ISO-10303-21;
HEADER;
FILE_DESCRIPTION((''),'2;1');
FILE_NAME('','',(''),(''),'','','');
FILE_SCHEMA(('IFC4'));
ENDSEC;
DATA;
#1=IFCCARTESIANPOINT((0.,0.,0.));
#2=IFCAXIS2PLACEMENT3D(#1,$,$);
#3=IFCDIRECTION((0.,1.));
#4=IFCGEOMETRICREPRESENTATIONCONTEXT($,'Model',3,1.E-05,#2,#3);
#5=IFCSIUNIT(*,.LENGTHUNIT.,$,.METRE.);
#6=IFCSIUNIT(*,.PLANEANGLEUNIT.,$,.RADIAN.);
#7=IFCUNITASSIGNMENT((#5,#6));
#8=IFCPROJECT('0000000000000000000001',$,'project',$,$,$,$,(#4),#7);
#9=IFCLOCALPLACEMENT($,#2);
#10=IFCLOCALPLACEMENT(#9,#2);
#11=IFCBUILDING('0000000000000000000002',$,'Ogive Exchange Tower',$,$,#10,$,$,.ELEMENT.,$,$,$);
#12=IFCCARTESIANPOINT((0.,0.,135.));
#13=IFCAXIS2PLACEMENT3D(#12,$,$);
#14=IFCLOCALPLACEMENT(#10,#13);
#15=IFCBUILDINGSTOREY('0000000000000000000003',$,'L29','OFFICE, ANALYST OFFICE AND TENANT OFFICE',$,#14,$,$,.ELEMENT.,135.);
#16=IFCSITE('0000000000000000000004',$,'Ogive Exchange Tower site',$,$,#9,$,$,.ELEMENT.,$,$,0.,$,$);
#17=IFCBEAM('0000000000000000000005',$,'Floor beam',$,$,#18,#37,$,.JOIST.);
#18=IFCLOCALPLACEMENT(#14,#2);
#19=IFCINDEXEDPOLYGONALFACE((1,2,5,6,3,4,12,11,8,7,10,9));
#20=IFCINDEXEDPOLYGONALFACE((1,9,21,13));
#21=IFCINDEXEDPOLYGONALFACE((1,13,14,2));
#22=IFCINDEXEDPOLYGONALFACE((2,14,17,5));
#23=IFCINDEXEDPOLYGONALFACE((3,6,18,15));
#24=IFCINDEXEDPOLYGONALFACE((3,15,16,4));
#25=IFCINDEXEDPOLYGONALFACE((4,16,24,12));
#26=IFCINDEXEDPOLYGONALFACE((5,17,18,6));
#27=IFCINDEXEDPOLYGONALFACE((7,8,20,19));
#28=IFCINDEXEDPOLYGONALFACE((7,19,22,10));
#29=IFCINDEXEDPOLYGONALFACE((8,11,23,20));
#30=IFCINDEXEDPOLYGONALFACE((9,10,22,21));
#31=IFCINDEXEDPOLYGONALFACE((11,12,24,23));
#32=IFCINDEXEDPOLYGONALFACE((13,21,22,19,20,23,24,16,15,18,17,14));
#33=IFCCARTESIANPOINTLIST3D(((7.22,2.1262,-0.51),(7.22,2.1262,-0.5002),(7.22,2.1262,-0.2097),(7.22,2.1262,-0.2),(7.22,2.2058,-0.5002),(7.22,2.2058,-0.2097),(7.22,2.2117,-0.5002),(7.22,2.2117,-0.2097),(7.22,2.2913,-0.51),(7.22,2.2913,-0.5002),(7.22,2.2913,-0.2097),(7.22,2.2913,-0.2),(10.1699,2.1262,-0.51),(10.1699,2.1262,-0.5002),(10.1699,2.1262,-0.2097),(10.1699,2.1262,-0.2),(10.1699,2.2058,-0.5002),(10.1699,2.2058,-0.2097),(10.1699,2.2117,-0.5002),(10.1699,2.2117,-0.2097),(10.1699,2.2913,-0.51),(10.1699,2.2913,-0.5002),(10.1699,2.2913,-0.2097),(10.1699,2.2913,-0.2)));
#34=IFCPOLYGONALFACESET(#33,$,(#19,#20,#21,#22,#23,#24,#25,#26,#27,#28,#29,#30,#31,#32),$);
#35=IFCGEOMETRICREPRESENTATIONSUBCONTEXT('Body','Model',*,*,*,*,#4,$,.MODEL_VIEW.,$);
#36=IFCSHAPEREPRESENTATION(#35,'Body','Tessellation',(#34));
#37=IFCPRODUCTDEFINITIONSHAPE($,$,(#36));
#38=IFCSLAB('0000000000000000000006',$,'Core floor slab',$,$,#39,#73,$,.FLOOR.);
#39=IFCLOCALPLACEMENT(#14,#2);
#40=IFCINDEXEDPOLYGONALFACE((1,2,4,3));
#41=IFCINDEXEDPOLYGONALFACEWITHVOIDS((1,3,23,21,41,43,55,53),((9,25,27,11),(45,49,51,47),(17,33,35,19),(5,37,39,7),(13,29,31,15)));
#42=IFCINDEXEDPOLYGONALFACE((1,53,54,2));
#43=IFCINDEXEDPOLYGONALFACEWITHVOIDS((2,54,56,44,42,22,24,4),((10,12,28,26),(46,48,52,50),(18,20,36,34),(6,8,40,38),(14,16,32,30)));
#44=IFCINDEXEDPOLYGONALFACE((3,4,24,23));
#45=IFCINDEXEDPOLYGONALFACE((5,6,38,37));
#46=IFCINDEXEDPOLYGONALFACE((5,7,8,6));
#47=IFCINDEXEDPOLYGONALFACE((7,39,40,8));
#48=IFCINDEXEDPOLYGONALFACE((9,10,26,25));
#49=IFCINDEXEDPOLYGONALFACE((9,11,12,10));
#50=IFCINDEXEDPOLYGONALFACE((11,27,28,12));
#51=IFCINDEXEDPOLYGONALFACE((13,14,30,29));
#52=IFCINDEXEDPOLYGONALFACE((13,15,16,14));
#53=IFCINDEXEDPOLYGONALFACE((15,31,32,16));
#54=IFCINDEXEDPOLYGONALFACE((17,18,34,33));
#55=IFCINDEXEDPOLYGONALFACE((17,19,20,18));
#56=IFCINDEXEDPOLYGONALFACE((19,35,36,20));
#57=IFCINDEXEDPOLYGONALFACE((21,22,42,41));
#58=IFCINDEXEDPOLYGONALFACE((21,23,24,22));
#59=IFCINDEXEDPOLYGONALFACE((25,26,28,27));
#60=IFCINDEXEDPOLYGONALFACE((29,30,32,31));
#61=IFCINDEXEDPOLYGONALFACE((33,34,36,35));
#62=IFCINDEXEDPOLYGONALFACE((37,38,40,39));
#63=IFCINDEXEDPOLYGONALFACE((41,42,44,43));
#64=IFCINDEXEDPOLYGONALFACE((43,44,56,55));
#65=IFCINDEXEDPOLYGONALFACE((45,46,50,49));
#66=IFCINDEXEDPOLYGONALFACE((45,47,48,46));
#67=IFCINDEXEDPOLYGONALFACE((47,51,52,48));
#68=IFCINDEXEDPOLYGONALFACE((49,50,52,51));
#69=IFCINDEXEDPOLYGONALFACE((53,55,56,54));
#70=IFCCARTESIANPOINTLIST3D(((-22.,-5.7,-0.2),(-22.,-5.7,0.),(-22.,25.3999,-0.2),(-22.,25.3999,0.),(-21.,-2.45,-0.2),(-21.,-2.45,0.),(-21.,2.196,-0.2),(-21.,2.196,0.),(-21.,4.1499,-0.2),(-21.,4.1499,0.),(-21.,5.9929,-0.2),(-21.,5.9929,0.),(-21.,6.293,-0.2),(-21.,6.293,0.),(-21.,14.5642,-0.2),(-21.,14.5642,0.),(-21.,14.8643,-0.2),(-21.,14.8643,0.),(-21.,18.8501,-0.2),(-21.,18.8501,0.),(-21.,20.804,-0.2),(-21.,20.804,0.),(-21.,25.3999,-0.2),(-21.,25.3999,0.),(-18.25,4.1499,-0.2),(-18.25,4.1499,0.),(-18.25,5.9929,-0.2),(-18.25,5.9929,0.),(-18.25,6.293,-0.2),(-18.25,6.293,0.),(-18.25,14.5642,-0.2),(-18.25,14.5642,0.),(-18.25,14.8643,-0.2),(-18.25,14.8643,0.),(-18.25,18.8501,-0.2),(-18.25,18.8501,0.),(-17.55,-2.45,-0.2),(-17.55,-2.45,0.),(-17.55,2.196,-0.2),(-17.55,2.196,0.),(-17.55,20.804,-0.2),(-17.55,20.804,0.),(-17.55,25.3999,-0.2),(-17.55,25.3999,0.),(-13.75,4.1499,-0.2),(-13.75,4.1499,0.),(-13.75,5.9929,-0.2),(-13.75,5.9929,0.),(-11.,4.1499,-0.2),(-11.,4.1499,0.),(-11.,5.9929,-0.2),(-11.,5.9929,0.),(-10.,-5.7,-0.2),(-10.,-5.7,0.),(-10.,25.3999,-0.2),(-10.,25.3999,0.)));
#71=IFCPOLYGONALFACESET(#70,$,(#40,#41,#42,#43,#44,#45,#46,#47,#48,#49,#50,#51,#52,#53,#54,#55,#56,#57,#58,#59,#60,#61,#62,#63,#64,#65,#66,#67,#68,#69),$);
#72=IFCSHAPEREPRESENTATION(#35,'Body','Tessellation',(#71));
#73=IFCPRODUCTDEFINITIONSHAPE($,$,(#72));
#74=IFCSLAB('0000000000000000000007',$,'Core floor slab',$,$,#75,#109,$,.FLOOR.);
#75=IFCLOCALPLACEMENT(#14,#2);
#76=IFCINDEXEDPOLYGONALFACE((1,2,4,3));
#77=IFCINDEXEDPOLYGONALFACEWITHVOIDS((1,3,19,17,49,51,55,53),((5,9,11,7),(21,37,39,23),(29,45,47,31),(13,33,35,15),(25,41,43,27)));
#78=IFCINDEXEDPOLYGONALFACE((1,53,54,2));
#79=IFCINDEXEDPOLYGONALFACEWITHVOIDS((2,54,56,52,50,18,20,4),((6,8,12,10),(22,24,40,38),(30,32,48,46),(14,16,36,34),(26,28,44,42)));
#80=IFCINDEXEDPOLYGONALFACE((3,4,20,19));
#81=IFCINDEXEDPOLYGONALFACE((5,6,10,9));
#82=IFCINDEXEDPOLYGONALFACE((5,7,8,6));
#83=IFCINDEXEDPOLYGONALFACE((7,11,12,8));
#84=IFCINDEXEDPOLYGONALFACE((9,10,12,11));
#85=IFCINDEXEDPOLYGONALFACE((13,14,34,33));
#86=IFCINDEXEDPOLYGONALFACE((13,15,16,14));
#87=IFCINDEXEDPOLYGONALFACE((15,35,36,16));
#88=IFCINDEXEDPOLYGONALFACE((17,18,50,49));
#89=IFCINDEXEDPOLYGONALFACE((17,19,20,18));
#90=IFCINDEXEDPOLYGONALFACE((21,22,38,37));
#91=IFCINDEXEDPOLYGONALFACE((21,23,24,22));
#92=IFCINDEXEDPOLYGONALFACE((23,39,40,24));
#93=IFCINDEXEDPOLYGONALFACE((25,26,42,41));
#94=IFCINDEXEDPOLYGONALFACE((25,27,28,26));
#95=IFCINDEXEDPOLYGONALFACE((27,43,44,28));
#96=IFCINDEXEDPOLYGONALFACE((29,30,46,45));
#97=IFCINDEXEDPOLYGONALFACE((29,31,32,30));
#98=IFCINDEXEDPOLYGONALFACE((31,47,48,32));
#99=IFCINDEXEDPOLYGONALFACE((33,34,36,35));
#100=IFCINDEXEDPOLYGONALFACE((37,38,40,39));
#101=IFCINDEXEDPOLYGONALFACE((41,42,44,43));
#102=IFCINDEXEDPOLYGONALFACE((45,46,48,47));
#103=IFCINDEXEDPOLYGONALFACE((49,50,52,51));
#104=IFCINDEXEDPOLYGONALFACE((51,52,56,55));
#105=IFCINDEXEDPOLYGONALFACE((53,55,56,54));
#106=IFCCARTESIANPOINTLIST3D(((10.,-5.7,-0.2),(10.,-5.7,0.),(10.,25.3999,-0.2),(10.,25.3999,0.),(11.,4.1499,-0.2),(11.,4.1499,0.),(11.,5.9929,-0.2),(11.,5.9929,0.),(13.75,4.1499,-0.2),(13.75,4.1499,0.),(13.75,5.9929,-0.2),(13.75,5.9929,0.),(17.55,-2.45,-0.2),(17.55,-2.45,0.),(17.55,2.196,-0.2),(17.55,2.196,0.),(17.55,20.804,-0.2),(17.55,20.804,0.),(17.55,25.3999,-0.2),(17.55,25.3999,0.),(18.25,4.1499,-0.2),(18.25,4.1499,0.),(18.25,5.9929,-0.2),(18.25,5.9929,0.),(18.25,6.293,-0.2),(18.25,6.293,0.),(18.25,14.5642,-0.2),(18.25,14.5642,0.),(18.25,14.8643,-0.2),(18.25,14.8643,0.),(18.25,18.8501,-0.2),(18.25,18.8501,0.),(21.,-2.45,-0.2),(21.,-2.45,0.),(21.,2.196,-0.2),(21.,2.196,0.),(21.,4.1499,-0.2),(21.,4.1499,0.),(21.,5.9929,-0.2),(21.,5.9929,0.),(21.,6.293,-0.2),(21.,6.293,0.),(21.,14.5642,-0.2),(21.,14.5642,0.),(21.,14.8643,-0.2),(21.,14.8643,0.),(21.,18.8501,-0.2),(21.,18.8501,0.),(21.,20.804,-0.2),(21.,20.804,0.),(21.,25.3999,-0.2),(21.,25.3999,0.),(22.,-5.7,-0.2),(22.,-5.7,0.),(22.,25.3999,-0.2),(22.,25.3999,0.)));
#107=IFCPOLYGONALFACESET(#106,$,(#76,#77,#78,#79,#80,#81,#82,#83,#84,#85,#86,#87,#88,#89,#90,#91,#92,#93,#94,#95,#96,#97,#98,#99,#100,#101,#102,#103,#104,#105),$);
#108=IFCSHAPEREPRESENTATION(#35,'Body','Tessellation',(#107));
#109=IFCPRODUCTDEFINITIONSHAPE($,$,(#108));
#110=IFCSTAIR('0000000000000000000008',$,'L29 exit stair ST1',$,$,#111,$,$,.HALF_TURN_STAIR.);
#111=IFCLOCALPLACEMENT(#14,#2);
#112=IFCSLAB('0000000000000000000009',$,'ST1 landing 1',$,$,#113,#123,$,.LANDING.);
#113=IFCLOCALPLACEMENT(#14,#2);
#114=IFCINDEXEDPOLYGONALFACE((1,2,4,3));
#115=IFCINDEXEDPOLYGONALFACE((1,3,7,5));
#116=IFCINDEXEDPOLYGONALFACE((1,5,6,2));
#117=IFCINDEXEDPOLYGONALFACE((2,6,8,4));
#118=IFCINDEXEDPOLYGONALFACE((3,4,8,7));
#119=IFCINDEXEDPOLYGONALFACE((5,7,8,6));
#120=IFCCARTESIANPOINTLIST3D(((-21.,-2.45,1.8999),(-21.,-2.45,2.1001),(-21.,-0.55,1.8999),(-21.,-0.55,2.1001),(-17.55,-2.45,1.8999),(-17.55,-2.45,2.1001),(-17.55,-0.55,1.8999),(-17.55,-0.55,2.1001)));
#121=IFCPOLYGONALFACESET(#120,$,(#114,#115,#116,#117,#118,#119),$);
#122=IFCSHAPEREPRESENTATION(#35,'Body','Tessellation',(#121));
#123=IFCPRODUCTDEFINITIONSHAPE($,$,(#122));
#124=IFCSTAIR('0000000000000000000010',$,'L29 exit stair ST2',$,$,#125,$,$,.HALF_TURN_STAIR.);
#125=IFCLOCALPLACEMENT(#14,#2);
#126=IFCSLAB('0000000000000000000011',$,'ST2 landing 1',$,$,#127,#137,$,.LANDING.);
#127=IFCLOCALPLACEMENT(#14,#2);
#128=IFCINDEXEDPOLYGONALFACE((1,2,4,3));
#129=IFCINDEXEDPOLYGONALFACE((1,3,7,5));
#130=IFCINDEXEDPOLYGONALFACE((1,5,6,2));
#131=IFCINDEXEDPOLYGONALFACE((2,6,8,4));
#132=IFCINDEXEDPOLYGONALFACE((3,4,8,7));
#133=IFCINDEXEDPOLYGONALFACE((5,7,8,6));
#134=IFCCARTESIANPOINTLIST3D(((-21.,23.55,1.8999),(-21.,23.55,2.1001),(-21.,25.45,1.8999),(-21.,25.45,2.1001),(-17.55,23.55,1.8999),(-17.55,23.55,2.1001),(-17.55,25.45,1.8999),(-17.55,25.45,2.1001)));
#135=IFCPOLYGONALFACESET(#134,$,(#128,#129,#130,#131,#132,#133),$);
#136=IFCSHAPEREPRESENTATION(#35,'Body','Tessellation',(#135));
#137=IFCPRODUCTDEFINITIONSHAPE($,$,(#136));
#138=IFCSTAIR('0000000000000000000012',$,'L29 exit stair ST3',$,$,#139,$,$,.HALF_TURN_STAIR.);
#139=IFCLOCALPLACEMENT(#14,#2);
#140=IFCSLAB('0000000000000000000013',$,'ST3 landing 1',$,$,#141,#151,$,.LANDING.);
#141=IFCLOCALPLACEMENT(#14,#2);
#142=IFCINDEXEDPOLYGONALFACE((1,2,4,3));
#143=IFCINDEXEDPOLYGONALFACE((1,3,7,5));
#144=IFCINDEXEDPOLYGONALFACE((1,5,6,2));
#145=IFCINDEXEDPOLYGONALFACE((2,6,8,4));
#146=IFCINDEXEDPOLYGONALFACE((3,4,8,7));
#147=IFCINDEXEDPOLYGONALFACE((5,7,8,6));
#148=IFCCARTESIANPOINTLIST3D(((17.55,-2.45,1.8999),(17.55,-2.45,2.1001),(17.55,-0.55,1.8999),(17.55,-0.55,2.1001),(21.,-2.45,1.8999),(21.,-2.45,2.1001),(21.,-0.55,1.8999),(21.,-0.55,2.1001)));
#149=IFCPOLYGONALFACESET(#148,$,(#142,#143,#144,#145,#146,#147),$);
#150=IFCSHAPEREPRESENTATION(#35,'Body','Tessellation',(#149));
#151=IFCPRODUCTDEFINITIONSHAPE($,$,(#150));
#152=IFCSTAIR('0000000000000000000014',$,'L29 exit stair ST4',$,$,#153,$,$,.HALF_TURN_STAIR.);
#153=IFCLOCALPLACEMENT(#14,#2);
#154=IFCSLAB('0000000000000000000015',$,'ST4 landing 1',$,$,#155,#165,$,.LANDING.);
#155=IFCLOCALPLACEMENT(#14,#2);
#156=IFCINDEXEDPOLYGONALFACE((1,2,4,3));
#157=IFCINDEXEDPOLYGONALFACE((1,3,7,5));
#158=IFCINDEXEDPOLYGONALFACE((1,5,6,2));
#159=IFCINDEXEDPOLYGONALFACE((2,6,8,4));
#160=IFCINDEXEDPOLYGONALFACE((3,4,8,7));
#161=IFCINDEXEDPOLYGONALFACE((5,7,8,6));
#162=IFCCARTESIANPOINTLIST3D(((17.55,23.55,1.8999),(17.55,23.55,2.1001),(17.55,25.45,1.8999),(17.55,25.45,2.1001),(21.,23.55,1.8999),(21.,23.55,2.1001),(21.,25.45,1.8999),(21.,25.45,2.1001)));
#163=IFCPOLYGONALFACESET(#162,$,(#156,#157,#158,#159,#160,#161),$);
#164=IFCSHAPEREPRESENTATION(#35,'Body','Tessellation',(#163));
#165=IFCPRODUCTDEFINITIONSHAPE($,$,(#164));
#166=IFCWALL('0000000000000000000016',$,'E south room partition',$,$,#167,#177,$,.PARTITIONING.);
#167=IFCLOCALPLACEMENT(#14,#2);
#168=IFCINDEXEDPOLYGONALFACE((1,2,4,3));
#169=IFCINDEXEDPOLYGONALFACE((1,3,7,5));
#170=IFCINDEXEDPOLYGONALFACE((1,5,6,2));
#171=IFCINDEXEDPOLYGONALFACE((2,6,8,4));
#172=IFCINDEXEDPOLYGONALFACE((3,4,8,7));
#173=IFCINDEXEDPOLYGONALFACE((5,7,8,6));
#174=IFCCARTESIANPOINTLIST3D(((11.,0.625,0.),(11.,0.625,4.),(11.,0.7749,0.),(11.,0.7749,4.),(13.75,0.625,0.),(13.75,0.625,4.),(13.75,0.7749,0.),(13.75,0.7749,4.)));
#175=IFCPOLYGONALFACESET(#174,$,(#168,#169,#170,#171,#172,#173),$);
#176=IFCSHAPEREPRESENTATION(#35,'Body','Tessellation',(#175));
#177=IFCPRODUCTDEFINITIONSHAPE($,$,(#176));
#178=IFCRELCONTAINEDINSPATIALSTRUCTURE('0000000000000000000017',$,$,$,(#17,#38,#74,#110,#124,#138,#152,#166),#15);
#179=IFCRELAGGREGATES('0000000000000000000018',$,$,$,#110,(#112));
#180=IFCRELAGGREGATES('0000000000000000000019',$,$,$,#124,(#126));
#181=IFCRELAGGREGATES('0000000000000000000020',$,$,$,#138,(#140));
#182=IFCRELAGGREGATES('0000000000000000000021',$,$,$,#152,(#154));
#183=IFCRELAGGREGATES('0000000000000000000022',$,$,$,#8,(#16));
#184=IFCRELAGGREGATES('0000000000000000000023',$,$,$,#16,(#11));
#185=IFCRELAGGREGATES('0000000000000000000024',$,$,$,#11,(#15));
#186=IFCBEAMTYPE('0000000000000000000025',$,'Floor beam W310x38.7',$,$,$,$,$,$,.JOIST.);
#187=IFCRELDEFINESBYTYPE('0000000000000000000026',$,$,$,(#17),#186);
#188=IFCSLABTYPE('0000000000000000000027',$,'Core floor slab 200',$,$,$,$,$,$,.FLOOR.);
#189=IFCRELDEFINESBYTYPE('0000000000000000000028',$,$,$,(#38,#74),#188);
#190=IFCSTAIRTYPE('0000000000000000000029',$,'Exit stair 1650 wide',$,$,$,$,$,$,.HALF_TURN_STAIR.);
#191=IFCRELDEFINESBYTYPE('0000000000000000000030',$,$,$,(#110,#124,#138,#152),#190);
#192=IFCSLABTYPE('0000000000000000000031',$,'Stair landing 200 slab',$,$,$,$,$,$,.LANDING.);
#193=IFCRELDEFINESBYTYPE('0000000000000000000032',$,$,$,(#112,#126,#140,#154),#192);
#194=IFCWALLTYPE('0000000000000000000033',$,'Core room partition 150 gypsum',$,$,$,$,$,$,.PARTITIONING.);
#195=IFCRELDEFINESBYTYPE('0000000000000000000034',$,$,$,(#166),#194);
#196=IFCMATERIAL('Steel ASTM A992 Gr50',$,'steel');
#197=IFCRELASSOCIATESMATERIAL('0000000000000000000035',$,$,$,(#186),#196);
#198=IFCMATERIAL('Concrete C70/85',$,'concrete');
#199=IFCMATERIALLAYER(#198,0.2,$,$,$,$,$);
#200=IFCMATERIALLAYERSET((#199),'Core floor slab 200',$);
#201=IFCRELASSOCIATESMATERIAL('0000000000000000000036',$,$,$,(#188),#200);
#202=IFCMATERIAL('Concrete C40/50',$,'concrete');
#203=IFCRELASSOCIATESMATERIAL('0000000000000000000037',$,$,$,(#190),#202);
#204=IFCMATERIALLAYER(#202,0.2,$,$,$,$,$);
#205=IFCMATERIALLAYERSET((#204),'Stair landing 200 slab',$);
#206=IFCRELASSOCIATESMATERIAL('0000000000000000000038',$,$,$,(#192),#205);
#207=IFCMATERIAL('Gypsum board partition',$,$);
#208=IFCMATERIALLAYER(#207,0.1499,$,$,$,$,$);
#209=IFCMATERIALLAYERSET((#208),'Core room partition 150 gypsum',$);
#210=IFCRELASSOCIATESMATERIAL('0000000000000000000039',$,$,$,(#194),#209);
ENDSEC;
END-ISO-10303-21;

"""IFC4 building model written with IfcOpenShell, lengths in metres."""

from ifc_helpers import new_model, si_unit, direction, frame, frame_2d, origin, origin_2d, place, context, subcontext, project, spatial, polyline, rectangle, i_section, outline, extrude, material, layer, layer_set, material_profile, profile_set, type_object, element, aggregate, save


model = new_model("IFC4")

# Units and contexts
model_context = context("Model", 3, precision=1e-05, world=origin(), true_north=direction((0.0, 1.0)))
body_context = subcontext(model_context, "Body", "Model", "MODEL_VIEW")
ifc_project = project(units=[si_unit("LENGTHUNIT", "METRE"), si_unit("PLANEANGLEUNIT", "RADIAN")], contexts=[model_context])

# Site, building, storey
site_placement = place(None, origin())
site = spatial("IfcSite", under=ifc_project, at=site_placement, Name="Ogive Exchange Tower site", CompositionType="ELEMENT", RefElevation=0.0)
building_placement = place(site_placement, origin())
building = spatial("IfcBuilding", under=site, at=building_placement, Name="Ogive Exchange Tower", CompositionType="ELEMENT")
storey_placement = place(building_placement, frame((0.0, 0.0, 135.0)))
storey = spatial("IfcBuildingStorey", under=building, at=storey_placement, Name="L29", Description="OFFICE, ANALYST OFFICE AND TENANT OFFICE", CompositionType="ELEMENT", Elevation=135.0)

# Beam
ifc_material_1 = material(Name="Steel ASTM A992 Gr50", Category="steel")
ifc_material_profile = material_profile(ifc_material_1, i_section(OverallWidth=0.165, OverallDepth=0.3101, WebThickness=0.0059, FlangeThickness=0.0098, at=origin_2d()), Name="W310x38.7")
ifc_profile_set = profile_set([ifc_material_profile], Name="Steel ASTM A992 Gr50")
beam_type = type_object("IfcBeamType", Name="Floor beam W310x38.7", PredefinedType="JOIST", material=ifc_profile_set)
beam_placement = place(storey_placement, frame((7.22, 2.2087, -0.355), z_axis=(1.0, 0.0, 0.0), x_axis=(0.0, 1.0, 0.0)))
element("IfcBeam", 1, at=beam_placement, inside=storey, type_object=beam_type, Name="Floor beam", PredefinedType="JOIST", context=body_context, shape_type="SweptSolid", body=[
    extrude(i_section(OverallWidth=0.165, OverallDepth=0.3101, WebThickness=0.0059, FlangeThickness=0.0098, at=origin_2d()), origin(), (0.0, 0.0, 1.0), 2.95),
])

# Slabs
ifc_material_2 = material(Name="Concrete C70/85", Category="concrete")
ifc_layer_1 = layer(ifc_material_2, 0.2)
ifc_layer_set_1 = layer_set([ifc_layer_1], Name="Core floor slab 200")
slab_type_1 = type_object("IfcSlabType", Name="Core floor slab 200", PredefinedType="FLOOR", material=ifc_layer_set_1)
slab_1_placement = place(storey_placement, frame((0.0, 0.0, -0.2)))
element("IfcSlab", 2, at=slab_1_placement, inside=storey, type_object=slab_type_1, Name="Core floor slab", PredefinedType="FLOOR", context=body_context, shape_type="SweptSolid", body=[
    extrude(outline(polyline([(-10.0, 25.3999), (-10.0, -5.7), (-22.0, -5.7), (-22.0, 25.3999), (-21.0, 25.3999), (-21.0, 20.804), (-17.55, 20.804), (-17.55, 25.3999), (-10.0, 25.3999)]), holes=[polyline([(-17.55, 2.196), (-21.0, 2.196), (-21.0, -2.45), (-17.55, -2.45), (-17.55, 2.196)]), polyline([(-18.25, 5.9929), (-21.0, 5.9929), (-21.0, 4.1499), (-18.25, 4.1499), (-18.25, 5.9929)]), polyline([(-11.0, 5.9929), (-13.75, 5.9929), (-13.75, 4.1499), (-11.0, 4.1499), (-11.0, 5.9929)]), polyline([(-21.0, 14.5642), (-21.0, 6.293), (-18.25, 6.293), (-18.25, 14.5642), (-21.0, 14.5642)]), polyline([(-18.25, 18.8501), (-21.0, 18.8501), (-21.0, 14.8643), (-18.25, 14.8643), (-18.25, 18.8501)])]), origin(), (0.0, 0.0, 1.0), 0.2),
])
slab_2_placement = place(storey_placement, frame((0.0, 0.0, -0.2)))
element("IfcSlab", 3, at=slab_2_placement, inside=storey, type_object=slab_type_1, Name="Core floor slab", PredefinedType="FLOOR", context=body_context, shape_type="SweptSolid", body=[
    extrude(outline(polyline([(22.0, 25.3999), (22.0, -5.7), (10.0, -5.7), (10.0, 25.3999), (17.55, 25.3999), (17.55, 20.804), (21.0, 20.804), (21.0, 25.3999), (22.0, 25.3999)]), holes=[polyline([(21.0, 2.196), (17.55, 2.196), (17.55, -2.45), (21.0, -2.45), (21.0, 2.196)]), polyline([(13.75, 5.9929), (11.0, 5.9929), (11.0, 4.1499), (13.75, 4.1499), (13.75, 5.9929)]), polyline([(21.0, 5.9929), (18.25, 5.9929), (18.25, 4.1499), (21.0, 4.1499), (21.0, 5.9929)]), polyline([(18.25, 14.5642), (18.25, 6.293), (21.0, 6.293), (21.0, 14.5642), (18.25, 14.5642)]), polyline([(21.0, 18.8501), (18.25, 18.8501), (18.25, 14.8643), (21.0, 14.8643), (21.0, 18.8501)])]), origin(), (0.0, 0.0, 1.0), 0.2),
])

# Stairs, slabs
ifc_material_3 = material(Name="Concrete C40/50", Category="concrete")
stair_type = type_object("IfcStairType", Name="Exit stair 1650 wide", PredefinedType="HALF_TURN_STAIR", material=ifc_material_3)
stair_1_placement = place(storey_placement, origin())
stair_1 = element("IfcStair", 4, at=stair_1_placement, inside=storey, type_object=stair_type, Name="L29 exit stair ST1", PredefinedType="HALF_TURN_STAIR")
ifc_layer_2 = layer(ifc_material_3, 0.2)
ifc_layer_set_2 = layer_set([ifc_layer_2], Name="Stair landing 200 slab")
slab_type_2 = type_object("IfcSlabType", Name="Stair landing 200 slab", PredefinedType="LANDING", material=ifc_layer_set_2)
slab_3_placement = place(storey_placement, frame((0.0, 0.0, 1.8999)))
slab_3 = element("IfcSlab", 5, at=slab_3_placement, type_object=slab_type_2, Name="ST1 landing 1", PredefinedType="LANDING", context=body_context, shape_type="SweptSolid", body=[
    extrude(outline(polyline([(-21.0, -0.55), (-21.0, -2.45), (-17.55, -2.45), (-17.55, -0.55), (-21.0, -0.55)])), origin(), (0.0, 0.0, 1.0), 0.2002),
])
aggregate(stair_1, [slab_3])
stair_2_placement = place(storey_placement, origin())
stair_2 = element("IfcStair", 6, at=stair_2_placement, inside=storey, type_object=stair_type, Name="L29 exit stair ST2", PredefinedType="HALF_TURN_STAIR")
slab_4_placement = place(storey_placement, frame((0.0, 0.0, 1.8999)))
slab_4 = element("IfcSlab", 7, at=slab_4_placement, type_object=slab_type_2, Name="ST2 landing 1", PredefinedType="LANDING", context=body_context, shape_type="SweptSolid", body=[
    extrude(outline(polyline([(-17.55, 23.55), (-17.55, 25.45), (-21.0, 25.45), (-21.0, 23.55), (-17.55, 23.55)])), origin(), (0.0, 0.0, 1.0), 0.2002),
])
aggregate(stair_2, [slab_4])
stair_3_placement = place(storey_placement, origin())
stair_3 = element("IfcStair", 8, at=stair_3_placement, inside=storey, type_object=stair_type, Name="L29 exit stair ST3", PredefinedType="HALF_TURN_STAIR")
slab_5_placement = place(storey_placement, frame((0.0, 0.0, 1.8999)))
slab_5 = element("IfcSlab", 9, at=slab_5_placement, type_object=slab_type_2, Name="ST3 landing 1", PredefinedType="LANDING", context=body_context, shape_type="SweptSolid", body=[
    extrude(outline(polyline([(17.55, -0.55), (17.55, -2.45), (21.0, -2.45), (21.0, -0.55), (17.55, -0.55)])), origin(), (0.0, 0.0, 1.0), 0.2002),
])
aggregate(stair_3, [slab_5])
stair_4_placement = place(storey_placement, origin())
stair_4 = element("IfcStair", 10, at=stair_4_placement, inside=storey, type_object=stair_type, Name="L29 exit stair ST4", PredefinedType="HALF_TURN_STAIR")
slab_6_placement = place(storey_placement, frame((0.0, 0.0, 1.8999)))
slab_6 = element("IfcSlab", 11, at=slab_6_placement, type_object=slab_type_2, Name="ST4 landing 1", PredefinedType="LANDING", context=body_context, shape_type="SweptSolid", body=[
    extrude(outline(polyline([(21.0, 23.55), (21.0, 25.45), (17.55, 25.45), (17.55, 23.55), (21.0, 23.55)])), origin(), (0.0, 0.0, 1.0), 0.2002),
])
aggregate(stair_4, [slab_6])

# Wall
ifc_material_4 = material(Name="Gypsum board partition")
ifc_layer_3 = layer(ifc_material_4, 0.1499)
ifc_layer_set_3 = layer_set([ifc_layer_3], Name="Core room partition 150 gypsum")
wall_type_1 = type_object("IfcWallType", Name="Core room partition 150 gypsum", PredefinedType="PARTITIONING", material=ifc_layer_set_3)
wall_1_placement = place(storey_placement, frame((11.0, 0.7, 0.0), z_axis=(0.0, 0.0, 1.0), x_axis=(1.0, 0.0, 0.0)))
element("IfcWall", 12, at=wall_1_placement, inside=storey, type_object=wall_type_1, Name="E south room partition", PredefinedType="PARTITIONING", context=body_context, shape_type="SweptSolid", body=[
    extrude(rectangle(XDim=2.75, YDim=0.1499, at=frame_2d((1.375, 0.0))), origin(), (0.0, 0.0, 1.0), 4.0),
])

save(model, "model.ifc")
